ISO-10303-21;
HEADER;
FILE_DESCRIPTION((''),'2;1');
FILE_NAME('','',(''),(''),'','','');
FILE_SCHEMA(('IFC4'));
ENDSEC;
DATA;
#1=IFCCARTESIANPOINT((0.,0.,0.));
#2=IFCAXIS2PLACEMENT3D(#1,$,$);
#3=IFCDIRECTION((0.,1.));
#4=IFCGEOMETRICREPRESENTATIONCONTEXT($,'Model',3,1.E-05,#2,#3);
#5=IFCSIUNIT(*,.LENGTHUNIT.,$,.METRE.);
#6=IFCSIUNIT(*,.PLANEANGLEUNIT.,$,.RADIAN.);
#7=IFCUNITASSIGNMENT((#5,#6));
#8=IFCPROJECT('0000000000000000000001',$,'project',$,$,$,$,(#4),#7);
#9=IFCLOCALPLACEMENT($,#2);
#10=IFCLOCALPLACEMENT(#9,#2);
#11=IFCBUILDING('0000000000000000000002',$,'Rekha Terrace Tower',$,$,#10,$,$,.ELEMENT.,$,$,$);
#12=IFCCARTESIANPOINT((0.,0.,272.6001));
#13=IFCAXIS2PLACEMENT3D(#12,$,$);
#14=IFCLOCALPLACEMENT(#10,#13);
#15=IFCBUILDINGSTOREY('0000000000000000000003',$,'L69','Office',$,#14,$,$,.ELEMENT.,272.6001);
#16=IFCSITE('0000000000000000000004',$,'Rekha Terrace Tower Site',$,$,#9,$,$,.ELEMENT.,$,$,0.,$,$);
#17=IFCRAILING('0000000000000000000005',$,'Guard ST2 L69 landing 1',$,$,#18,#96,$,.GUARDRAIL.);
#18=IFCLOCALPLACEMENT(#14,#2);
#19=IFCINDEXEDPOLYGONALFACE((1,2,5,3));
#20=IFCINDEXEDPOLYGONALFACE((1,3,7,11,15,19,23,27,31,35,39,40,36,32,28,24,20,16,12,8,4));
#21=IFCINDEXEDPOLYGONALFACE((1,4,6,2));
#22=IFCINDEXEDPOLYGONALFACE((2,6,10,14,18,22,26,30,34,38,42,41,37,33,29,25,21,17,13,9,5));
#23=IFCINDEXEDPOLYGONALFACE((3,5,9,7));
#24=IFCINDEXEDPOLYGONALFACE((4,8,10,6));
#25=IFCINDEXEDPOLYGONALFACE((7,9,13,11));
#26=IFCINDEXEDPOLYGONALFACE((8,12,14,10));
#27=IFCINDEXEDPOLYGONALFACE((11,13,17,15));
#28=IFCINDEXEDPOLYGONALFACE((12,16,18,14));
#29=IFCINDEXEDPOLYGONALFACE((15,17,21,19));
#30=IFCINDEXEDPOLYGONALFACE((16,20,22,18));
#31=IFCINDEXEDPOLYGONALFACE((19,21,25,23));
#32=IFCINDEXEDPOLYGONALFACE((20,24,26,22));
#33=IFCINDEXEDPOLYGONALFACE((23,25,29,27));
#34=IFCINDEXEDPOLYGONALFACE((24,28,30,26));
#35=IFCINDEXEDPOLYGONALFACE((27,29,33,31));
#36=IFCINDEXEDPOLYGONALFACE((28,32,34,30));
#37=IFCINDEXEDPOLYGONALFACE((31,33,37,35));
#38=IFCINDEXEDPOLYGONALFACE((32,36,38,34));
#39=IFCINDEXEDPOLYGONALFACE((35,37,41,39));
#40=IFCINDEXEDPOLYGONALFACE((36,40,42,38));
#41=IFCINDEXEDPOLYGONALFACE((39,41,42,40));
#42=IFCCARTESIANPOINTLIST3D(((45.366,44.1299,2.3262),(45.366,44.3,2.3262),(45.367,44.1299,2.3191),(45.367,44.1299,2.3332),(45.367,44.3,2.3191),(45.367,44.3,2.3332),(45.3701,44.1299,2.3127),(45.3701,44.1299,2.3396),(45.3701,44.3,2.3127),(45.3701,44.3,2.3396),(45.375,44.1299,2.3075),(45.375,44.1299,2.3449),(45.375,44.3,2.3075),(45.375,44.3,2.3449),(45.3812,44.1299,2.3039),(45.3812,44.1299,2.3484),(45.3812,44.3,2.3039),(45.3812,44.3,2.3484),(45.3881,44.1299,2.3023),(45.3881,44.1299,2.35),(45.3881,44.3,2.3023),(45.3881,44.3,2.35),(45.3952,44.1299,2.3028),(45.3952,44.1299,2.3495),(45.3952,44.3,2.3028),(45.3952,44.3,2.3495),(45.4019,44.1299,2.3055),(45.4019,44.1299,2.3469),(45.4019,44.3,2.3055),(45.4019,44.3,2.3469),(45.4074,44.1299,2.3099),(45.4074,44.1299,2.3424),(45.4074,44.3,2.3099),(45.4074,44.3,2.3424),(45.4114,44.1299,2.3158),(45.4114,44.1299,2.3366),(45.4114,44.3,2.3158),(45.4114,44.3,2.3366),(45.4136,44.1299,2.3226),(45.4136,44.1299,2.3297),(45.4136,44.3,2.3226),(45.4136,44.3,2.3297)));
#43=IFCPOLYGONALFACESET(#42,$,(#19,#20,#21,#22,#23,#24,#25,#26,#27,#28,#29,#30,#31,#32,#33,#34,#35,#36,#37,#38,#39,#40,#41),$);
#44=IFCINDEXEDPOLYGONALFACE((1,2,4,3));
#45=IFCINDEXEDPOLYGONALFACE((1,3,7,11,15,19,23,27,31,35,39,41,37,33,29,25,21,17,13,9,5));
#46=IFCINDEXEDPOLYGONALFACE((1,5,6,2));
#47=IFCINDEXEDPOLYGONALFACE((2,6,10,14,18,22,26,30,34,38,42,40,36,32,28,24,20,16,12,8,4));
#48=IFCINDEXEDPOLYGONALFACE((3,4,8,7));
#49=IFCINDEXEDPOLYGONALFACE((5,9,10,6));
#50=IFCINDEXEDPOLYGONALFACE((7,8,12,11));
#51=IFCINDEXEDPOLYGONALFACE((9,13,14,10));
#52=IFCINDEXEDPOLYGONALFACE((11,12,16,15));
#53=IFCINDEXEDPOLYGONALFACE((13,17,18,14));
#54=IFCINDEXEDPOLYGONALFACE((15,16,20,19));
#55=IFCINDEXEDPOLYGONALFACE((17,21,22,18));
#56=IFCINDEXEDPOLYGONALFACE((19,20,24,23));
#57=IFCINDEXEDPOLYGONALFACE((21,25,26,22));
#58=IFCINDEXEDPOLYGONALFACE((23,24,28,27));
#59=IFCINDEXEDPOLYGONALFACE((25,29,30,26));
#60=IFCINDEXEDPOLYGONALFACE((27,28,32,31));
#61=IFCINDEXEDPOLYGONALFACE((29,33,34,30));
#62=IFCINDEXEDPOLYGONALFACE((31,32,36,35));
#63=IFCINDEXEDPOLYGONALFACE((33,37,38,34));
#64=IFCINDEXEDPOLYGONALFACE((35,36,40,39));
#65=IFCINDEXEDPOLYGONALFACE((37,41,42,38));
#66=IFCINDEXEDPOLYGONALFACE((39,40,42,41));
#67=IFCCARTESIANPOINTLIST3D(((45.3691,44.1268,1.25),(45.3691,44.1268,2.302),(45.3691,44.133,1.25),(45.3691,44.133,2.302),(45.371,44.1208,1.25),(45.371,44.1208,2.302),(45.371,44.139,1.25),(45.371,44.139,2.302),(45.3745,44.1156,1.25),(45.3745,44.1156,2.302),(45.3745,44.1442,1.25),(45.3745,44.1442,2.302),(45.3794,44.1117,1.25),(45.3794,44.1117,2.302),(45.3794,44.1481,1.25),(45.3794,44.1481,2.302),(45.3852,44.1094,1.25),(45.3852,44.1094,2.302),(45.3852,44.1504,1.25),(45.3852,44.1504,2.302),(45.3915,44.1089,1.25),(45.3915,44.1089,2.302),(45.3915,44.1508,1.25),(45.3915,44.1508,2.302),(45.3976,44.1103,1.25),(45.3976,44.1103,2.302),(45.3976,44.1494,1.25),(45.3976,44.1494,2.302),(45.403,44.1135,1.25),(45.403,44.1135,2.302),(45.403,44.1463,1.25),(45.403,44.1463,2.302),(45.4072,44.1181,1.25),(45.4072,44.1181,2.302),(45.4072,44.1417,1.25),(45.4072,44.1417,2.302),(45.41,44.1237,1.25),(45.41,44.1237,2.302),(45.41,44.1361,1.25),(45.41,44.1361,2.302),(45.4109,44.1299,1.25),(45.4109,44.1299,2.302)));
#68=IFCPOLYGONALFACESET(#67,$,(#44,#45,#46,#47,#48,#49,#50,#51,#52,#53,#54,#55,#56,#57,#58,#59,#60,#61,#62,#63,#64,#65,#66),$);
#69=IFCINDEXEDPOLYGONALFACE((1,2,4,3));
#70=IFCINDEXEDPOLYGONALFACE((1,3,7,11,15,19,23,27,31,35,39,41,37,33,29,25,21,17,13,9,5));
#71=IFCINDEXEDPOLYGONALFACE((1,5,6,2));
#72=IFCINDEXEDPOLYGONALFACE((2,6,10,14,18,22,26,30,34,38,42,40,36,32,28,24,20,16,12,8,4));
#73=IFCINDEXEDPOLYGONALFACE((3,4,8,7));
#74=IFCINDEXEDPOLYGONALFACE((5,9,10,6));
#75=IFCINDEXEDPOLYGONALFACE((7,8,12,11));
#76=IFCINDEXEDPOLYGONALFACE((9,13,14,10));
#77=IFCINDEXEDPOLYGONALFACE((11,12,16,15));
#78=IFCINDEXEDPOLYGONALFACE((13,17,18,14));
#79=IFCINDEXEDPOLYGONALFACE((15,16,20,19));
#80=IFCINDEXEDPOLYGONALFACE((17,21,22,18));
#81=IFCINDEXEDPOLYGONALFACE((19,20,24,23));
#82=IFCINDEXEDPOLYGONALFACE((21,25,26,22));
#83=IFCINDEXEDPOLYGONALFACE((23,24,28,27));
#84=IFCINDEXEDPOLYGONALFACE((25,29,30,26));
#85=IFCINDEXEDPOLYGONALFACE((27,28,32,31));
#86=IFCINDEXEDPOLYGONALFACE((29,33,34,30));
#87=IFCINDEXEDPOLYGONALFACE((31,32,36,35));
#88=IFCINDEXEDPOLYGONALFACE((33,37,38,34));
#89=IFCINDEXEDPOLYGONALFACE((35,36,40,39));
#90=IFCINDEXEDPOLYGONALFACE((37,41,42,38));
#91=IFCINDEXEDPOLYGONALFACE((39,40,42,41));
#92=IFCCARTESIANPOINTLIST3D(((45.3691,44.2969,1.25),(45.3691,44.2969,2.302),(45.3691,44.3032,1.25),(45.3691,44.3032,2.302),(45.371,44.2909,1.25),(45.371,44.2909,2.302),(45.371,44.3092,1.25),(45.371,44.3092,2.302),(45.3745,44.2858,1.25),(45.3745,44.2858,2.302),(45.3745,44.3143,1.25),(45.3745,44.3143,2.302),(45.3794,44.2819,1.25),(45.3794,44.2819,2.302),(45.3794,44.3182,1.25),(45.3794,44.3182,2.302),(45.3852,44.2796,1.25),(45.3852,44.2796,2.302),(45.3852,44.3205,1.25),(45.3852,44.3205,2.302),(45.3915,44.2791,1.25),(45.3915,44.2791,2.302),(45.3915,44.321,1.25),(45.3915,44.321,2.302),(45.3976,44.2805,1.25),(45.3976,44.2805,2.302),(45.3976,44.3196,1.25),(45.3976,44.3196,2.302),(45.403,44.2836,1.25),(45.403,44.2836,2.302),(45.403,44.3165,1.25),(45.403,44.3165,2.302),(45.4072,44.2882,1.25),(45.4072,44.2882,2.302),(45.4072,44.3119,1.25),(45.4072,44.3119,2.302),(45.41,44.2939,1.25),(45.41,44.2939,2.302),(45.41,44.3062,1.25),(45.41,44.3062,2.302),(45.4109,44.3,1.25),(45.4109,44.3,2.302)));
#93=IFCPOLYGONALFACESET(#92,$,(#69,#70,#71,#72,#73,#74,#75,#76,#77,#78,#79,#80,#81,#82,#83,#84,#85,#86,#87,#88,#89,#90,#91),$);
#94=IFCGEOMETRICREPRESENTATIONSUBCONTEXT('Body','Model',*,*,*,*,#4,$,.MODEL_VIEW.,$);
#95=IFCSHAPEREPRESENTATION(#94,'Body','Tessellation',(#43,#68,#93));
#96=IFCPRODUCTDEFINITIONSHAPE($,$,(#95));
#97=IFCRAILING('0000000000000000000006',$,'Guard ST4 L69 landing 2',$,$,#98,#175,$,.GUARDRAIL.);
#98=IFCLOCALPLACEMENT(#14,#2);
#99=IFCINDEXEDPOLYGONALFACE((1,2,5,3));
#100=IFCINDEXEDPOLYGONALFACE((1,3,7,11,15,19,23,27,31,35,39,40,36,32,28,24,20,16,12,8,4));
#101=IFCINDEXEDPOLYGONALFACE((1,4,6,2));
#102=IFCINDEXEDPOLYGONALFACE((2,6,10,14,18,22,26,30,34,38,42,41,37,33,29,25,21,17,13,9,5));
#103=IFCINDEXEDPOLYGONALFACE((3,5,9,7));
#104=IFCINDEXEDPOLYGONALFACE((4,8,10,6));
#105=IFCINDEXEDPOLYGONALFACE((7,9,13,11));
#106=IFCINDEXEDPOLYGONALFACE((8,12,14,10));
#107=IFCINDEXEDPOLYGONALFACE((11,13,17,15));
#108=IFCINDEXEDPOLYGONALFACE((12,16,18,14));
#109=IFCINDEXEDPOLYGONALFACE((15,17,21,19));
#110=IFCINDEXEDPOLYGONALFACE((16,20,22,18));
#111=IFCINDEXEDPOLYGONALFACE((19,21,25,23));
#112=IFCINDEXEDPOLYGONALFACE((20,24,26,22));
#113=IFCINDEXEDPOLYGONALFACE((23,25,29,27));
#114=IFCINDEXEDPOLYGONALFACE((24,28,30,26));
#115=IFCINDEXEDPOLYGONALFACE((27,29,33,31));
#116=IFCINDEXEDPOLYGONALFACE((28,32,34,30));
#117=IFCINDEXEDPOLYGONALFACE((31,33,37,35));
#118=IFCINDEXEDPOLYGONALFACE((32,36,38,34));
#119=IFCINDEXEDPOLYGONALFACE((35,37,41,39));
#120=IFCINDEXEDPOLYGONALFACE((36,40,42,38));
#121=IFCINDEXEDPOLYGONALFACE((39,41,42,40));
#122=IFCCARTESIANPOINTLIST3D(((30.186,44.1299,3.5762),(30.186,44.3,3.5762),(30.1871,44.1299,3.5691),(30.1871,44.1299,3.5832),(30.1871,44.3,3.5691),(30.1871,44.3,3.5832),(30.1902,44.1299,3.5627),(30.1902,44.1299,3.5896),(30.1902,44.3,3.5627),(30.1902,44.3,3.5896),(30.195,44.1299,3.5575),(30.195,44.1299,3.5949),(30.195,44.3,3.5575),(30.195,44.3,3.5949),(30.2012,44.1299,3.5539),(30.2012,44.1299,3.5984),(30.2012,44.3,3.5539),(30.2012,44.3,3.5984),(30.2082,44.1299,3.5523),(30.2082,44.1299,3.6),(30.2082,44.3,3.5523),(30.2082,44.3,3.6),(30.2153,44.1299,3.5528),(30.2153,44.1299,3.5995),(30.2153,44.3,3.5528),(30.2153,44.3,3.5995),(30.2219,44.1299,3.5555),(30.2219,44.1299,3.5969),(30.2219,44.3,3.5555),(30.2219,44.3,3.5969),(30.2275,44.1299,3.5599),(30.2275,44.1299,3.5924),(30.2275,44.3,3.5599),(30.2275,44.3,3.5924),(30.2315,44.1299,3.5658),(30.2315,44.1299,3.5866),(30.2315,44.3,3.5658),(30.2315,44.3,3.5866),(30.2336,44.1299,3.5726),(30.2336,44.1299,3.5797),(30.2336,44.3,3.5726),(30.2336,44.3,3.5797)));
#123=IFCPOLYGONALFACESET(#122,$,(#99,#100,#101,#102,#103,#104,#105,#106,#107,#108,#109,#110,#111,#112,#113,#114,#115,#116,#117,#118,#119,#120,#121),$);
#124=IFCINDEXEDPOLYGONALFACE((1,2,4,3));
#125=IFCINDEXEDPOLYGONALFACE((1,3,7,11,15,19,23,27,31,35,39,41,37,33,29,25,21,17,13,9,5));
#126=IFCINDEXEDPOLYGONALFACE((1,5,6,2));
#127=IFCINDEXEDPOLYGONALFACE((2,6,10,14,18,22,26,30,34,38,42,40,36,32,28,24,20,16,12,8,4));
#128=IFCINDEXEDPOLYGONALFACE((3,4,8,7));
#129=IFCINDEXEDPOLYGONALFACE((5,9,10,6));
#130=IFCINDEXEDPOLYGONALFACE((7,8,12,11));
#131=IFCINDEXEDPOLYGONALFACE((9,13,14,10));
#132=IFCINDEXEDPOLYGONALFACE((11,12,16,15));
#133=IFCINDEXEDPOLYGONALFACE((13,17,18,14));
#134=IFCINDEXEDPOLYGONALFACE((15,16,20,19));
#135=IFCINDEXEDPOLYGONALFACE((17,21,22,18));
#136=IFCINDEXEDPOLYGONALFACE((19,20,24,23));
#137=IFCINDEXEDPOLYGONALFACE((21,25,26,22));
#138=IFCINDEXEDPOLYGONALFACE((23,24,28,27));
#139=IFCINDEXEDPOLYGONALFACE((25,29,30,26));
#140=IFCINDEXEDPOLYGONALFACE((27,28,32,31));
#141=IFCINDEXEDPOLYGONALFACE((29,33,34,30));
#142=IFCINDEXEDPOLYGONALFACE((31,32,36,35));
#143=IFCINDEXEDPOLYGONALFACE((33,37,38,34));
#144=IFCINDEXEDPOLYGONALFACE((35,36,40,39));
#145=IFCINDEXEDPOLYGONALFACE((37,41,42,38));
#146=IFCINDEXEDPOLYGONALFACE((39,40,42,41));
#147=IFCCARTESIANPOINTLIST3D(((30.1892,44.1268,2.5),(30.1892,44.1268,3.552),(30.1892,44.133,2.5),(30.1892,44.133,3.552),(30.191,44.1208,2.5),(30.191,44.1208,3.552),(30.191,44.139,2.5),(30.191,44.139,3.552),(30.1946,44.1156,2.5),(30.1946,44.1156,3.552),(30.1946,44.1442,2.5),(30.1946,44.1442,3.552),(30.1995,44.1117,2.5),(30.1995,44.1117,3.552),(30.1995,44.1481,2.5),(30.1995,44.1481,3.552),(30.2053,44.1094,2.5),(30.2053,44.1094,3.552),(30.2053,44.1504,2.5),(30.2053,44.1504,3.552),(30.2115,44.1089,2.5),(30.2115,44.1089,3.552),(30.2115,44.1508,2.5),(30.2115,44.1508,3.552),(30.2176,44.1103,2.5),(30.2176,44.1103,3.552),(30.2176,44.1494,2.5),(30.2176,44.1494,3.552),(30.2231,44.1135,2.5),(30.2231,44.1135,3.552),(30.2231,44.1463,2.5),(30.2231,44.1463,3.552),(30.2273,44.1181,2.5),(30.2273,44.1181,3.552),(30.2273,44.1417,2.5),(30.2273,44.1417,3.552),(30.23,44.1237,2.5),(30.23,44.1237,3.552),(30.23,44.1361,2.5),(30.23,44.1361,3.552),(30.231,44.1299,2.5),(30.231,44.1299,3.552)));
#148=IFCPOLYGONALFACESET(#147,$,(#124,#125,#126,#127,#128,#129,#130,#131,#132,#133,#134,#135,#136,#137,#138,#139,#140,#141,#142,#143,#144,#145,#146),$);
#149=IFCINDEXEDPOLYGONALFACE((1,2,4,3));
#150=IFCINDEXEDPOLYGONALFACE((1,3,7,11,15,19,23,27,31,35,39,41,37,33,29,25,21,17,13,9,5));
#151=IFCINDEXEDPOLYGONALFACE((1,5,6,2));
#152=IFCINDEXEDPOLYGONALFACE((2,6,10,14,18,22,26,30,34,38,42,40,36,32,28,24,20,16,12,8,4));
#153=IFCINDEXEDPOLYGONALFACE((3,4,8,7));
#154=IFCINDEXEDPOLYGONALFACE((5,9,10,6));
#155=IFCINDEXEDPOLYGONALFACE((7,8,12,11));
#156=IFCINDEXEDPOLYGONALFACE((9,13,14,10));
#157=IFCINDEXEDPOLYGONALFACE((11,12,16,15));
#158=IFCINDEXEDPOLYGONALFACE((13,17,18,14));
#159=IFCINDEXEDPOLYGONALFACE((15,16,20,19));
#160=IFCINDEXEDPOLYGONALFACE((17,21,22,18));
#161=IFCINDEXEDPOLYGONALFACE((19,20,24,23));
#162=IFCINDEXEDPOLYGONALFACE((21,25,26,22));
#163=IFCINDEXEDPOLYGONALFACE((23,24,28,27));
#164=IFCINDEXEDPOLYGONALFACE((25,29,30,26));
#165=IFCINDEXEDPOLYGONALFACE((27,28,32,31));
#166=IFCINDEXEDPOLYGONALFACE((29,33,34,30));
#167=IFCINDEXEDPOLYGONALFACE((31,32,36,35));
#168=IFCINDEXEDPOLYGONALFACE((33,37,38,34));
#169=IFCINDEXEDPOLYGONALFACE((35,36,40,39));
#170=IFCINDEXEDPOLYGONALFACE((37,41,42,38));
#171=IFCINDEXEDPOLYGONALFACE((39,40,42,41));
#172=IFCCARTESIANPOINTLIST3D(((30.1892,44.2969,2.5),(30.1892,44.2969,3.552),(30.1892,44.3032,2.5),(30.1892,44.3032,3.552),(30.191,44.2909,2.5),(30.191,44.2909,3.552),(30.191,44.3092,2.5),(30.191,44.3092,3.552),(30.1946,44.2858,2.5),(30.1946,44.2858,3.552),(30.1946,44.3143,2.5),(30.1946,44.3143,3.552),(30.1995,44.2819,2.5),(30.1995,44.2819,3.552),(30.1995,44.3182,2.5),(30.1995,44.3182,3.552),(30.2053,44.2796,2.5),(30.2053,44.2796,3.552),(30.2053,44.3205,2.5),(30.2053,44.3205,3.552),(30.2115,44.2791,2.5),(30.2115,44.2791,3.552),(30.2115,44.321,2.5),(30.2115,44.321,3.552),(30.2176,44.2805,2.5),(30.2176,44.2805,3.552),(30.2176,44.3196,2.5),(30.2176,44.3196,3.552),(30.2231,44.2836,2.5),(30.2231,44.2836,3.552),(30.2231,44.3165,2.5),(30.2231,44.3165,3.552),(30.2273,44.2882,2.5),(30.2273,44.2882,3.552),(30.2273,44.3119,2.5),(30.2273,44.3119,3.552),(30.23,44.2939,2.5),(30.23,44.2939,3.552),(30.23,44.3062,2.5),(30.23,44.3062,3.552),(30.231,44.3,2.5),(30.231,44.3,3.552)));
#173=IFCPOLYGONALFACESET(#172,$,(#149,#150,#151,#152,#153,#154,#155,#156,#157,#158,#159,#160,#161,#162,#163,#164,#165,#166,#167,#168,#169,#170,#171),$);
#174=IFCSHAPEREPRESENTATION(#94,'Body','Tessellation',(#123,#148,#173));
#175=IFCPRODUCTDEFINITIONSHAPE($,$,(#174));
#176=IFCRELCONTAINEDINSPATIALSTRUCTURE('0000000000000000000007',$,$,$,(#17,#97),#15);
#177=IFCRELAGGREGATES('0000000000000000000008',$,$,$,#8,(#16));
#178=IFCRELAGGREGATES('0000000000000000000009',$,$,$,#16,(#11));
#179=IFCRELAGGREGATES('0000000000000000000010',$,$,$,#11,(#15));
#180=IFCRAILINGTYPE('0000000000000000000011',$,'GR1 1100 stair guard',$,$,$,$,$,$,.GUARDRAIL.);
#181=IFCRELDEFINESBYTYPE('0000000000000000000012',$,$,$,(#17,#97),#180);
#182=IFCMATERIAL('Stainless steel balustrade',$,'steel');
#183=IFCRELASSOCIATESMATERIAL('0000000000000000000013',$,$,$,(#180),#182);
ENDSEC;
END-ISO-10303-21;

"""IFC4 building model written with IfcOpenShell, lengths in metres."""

from ifc_helpers import new_model, si_unit, direction, frame, origin, origin_2d, place, context, subcontext, project, spatial, circle, extrude, material, type_object, element, save


model = new_model("IFC4")

# Units and contexts
model_context = context("Model", 3, precision=1e-05, world=origin(), true_north=direction((0.0, 1.0)))
body_context = subcontext(model_context, "Body", "Model", "MODEL_VIEW")
ifc_project = project(units=[si_unit("LENGTHUNIT", "METRE"), si_unit("PLANEANGLEUNIT", "RADIAN")], contexts=[model_context])

# Site, building, storey
site_placement = place(None, origin())
site = spatial("IfcSite", under=ifc_project, at=site_placement, Name="Rekha Terrace Tower Site", CompositionType="ELEMENT", RefElevation=0.0)
building_placement = place(site_placement, origin())
building = spatial("IfcBuilding", under=site, at=building_placement, Name="Rekha Terrace Tower", CompositionType="ELEMENT")
storey_placement = place(building_placement, frame((0.0, 0.0, 272.6001)))
storey = spatial("IfcBuildingStorey", under=building, at=storey_placement, Name="L69", Description="Office", CompositionType="ELEMENT", Elevation=272.6001)

# Railings
ifc_material_1 = material(Name="Stainless steel balustrade", Category="steel")
railing_type_1 = type_object("IfcRailingType", Name="GR1 1100 stair guard", PredefinedType="GUARDRAIL", material=ifc_material_1)
for number, where, name in (
    (1, (45.3899, 44.1299, 1.25), "Guard ST2 L69 landing 1"),
    (2, (30.21, 44.1299, 2.5), "Guard ST4 L69 landing 2"),
):
    element("IfcRailing", number, at=place(storey_placement, frame(where)), inside=storey, type_object=railing_type_1, Name=name, PredefinedType="GUARDRAIL", context=body_context, shape_type="SweptSolid", body=[
        extrude(circle(Radius=0.0239, at=origin_2d()), frame((0.0, 0.0, 1.0762), z_axis=(0.0, 1.0, 0.0), x_axis=(-1.0, 0.0, 0.0)), (0.0, 0.0, 1.0), 0.1702),
        extrude(circle(Radius=0.021, at=origin_2d()), origin(), (0.0, 0.0, 1.0), 1.052),
        extrude(circle(Radius=0.021, at=origin_2d()), frame((0.0, 0.1702, 0.0)), (0.0, 0.0, 1.0), 1.052),
    ])

save(model, "model.ifc")
